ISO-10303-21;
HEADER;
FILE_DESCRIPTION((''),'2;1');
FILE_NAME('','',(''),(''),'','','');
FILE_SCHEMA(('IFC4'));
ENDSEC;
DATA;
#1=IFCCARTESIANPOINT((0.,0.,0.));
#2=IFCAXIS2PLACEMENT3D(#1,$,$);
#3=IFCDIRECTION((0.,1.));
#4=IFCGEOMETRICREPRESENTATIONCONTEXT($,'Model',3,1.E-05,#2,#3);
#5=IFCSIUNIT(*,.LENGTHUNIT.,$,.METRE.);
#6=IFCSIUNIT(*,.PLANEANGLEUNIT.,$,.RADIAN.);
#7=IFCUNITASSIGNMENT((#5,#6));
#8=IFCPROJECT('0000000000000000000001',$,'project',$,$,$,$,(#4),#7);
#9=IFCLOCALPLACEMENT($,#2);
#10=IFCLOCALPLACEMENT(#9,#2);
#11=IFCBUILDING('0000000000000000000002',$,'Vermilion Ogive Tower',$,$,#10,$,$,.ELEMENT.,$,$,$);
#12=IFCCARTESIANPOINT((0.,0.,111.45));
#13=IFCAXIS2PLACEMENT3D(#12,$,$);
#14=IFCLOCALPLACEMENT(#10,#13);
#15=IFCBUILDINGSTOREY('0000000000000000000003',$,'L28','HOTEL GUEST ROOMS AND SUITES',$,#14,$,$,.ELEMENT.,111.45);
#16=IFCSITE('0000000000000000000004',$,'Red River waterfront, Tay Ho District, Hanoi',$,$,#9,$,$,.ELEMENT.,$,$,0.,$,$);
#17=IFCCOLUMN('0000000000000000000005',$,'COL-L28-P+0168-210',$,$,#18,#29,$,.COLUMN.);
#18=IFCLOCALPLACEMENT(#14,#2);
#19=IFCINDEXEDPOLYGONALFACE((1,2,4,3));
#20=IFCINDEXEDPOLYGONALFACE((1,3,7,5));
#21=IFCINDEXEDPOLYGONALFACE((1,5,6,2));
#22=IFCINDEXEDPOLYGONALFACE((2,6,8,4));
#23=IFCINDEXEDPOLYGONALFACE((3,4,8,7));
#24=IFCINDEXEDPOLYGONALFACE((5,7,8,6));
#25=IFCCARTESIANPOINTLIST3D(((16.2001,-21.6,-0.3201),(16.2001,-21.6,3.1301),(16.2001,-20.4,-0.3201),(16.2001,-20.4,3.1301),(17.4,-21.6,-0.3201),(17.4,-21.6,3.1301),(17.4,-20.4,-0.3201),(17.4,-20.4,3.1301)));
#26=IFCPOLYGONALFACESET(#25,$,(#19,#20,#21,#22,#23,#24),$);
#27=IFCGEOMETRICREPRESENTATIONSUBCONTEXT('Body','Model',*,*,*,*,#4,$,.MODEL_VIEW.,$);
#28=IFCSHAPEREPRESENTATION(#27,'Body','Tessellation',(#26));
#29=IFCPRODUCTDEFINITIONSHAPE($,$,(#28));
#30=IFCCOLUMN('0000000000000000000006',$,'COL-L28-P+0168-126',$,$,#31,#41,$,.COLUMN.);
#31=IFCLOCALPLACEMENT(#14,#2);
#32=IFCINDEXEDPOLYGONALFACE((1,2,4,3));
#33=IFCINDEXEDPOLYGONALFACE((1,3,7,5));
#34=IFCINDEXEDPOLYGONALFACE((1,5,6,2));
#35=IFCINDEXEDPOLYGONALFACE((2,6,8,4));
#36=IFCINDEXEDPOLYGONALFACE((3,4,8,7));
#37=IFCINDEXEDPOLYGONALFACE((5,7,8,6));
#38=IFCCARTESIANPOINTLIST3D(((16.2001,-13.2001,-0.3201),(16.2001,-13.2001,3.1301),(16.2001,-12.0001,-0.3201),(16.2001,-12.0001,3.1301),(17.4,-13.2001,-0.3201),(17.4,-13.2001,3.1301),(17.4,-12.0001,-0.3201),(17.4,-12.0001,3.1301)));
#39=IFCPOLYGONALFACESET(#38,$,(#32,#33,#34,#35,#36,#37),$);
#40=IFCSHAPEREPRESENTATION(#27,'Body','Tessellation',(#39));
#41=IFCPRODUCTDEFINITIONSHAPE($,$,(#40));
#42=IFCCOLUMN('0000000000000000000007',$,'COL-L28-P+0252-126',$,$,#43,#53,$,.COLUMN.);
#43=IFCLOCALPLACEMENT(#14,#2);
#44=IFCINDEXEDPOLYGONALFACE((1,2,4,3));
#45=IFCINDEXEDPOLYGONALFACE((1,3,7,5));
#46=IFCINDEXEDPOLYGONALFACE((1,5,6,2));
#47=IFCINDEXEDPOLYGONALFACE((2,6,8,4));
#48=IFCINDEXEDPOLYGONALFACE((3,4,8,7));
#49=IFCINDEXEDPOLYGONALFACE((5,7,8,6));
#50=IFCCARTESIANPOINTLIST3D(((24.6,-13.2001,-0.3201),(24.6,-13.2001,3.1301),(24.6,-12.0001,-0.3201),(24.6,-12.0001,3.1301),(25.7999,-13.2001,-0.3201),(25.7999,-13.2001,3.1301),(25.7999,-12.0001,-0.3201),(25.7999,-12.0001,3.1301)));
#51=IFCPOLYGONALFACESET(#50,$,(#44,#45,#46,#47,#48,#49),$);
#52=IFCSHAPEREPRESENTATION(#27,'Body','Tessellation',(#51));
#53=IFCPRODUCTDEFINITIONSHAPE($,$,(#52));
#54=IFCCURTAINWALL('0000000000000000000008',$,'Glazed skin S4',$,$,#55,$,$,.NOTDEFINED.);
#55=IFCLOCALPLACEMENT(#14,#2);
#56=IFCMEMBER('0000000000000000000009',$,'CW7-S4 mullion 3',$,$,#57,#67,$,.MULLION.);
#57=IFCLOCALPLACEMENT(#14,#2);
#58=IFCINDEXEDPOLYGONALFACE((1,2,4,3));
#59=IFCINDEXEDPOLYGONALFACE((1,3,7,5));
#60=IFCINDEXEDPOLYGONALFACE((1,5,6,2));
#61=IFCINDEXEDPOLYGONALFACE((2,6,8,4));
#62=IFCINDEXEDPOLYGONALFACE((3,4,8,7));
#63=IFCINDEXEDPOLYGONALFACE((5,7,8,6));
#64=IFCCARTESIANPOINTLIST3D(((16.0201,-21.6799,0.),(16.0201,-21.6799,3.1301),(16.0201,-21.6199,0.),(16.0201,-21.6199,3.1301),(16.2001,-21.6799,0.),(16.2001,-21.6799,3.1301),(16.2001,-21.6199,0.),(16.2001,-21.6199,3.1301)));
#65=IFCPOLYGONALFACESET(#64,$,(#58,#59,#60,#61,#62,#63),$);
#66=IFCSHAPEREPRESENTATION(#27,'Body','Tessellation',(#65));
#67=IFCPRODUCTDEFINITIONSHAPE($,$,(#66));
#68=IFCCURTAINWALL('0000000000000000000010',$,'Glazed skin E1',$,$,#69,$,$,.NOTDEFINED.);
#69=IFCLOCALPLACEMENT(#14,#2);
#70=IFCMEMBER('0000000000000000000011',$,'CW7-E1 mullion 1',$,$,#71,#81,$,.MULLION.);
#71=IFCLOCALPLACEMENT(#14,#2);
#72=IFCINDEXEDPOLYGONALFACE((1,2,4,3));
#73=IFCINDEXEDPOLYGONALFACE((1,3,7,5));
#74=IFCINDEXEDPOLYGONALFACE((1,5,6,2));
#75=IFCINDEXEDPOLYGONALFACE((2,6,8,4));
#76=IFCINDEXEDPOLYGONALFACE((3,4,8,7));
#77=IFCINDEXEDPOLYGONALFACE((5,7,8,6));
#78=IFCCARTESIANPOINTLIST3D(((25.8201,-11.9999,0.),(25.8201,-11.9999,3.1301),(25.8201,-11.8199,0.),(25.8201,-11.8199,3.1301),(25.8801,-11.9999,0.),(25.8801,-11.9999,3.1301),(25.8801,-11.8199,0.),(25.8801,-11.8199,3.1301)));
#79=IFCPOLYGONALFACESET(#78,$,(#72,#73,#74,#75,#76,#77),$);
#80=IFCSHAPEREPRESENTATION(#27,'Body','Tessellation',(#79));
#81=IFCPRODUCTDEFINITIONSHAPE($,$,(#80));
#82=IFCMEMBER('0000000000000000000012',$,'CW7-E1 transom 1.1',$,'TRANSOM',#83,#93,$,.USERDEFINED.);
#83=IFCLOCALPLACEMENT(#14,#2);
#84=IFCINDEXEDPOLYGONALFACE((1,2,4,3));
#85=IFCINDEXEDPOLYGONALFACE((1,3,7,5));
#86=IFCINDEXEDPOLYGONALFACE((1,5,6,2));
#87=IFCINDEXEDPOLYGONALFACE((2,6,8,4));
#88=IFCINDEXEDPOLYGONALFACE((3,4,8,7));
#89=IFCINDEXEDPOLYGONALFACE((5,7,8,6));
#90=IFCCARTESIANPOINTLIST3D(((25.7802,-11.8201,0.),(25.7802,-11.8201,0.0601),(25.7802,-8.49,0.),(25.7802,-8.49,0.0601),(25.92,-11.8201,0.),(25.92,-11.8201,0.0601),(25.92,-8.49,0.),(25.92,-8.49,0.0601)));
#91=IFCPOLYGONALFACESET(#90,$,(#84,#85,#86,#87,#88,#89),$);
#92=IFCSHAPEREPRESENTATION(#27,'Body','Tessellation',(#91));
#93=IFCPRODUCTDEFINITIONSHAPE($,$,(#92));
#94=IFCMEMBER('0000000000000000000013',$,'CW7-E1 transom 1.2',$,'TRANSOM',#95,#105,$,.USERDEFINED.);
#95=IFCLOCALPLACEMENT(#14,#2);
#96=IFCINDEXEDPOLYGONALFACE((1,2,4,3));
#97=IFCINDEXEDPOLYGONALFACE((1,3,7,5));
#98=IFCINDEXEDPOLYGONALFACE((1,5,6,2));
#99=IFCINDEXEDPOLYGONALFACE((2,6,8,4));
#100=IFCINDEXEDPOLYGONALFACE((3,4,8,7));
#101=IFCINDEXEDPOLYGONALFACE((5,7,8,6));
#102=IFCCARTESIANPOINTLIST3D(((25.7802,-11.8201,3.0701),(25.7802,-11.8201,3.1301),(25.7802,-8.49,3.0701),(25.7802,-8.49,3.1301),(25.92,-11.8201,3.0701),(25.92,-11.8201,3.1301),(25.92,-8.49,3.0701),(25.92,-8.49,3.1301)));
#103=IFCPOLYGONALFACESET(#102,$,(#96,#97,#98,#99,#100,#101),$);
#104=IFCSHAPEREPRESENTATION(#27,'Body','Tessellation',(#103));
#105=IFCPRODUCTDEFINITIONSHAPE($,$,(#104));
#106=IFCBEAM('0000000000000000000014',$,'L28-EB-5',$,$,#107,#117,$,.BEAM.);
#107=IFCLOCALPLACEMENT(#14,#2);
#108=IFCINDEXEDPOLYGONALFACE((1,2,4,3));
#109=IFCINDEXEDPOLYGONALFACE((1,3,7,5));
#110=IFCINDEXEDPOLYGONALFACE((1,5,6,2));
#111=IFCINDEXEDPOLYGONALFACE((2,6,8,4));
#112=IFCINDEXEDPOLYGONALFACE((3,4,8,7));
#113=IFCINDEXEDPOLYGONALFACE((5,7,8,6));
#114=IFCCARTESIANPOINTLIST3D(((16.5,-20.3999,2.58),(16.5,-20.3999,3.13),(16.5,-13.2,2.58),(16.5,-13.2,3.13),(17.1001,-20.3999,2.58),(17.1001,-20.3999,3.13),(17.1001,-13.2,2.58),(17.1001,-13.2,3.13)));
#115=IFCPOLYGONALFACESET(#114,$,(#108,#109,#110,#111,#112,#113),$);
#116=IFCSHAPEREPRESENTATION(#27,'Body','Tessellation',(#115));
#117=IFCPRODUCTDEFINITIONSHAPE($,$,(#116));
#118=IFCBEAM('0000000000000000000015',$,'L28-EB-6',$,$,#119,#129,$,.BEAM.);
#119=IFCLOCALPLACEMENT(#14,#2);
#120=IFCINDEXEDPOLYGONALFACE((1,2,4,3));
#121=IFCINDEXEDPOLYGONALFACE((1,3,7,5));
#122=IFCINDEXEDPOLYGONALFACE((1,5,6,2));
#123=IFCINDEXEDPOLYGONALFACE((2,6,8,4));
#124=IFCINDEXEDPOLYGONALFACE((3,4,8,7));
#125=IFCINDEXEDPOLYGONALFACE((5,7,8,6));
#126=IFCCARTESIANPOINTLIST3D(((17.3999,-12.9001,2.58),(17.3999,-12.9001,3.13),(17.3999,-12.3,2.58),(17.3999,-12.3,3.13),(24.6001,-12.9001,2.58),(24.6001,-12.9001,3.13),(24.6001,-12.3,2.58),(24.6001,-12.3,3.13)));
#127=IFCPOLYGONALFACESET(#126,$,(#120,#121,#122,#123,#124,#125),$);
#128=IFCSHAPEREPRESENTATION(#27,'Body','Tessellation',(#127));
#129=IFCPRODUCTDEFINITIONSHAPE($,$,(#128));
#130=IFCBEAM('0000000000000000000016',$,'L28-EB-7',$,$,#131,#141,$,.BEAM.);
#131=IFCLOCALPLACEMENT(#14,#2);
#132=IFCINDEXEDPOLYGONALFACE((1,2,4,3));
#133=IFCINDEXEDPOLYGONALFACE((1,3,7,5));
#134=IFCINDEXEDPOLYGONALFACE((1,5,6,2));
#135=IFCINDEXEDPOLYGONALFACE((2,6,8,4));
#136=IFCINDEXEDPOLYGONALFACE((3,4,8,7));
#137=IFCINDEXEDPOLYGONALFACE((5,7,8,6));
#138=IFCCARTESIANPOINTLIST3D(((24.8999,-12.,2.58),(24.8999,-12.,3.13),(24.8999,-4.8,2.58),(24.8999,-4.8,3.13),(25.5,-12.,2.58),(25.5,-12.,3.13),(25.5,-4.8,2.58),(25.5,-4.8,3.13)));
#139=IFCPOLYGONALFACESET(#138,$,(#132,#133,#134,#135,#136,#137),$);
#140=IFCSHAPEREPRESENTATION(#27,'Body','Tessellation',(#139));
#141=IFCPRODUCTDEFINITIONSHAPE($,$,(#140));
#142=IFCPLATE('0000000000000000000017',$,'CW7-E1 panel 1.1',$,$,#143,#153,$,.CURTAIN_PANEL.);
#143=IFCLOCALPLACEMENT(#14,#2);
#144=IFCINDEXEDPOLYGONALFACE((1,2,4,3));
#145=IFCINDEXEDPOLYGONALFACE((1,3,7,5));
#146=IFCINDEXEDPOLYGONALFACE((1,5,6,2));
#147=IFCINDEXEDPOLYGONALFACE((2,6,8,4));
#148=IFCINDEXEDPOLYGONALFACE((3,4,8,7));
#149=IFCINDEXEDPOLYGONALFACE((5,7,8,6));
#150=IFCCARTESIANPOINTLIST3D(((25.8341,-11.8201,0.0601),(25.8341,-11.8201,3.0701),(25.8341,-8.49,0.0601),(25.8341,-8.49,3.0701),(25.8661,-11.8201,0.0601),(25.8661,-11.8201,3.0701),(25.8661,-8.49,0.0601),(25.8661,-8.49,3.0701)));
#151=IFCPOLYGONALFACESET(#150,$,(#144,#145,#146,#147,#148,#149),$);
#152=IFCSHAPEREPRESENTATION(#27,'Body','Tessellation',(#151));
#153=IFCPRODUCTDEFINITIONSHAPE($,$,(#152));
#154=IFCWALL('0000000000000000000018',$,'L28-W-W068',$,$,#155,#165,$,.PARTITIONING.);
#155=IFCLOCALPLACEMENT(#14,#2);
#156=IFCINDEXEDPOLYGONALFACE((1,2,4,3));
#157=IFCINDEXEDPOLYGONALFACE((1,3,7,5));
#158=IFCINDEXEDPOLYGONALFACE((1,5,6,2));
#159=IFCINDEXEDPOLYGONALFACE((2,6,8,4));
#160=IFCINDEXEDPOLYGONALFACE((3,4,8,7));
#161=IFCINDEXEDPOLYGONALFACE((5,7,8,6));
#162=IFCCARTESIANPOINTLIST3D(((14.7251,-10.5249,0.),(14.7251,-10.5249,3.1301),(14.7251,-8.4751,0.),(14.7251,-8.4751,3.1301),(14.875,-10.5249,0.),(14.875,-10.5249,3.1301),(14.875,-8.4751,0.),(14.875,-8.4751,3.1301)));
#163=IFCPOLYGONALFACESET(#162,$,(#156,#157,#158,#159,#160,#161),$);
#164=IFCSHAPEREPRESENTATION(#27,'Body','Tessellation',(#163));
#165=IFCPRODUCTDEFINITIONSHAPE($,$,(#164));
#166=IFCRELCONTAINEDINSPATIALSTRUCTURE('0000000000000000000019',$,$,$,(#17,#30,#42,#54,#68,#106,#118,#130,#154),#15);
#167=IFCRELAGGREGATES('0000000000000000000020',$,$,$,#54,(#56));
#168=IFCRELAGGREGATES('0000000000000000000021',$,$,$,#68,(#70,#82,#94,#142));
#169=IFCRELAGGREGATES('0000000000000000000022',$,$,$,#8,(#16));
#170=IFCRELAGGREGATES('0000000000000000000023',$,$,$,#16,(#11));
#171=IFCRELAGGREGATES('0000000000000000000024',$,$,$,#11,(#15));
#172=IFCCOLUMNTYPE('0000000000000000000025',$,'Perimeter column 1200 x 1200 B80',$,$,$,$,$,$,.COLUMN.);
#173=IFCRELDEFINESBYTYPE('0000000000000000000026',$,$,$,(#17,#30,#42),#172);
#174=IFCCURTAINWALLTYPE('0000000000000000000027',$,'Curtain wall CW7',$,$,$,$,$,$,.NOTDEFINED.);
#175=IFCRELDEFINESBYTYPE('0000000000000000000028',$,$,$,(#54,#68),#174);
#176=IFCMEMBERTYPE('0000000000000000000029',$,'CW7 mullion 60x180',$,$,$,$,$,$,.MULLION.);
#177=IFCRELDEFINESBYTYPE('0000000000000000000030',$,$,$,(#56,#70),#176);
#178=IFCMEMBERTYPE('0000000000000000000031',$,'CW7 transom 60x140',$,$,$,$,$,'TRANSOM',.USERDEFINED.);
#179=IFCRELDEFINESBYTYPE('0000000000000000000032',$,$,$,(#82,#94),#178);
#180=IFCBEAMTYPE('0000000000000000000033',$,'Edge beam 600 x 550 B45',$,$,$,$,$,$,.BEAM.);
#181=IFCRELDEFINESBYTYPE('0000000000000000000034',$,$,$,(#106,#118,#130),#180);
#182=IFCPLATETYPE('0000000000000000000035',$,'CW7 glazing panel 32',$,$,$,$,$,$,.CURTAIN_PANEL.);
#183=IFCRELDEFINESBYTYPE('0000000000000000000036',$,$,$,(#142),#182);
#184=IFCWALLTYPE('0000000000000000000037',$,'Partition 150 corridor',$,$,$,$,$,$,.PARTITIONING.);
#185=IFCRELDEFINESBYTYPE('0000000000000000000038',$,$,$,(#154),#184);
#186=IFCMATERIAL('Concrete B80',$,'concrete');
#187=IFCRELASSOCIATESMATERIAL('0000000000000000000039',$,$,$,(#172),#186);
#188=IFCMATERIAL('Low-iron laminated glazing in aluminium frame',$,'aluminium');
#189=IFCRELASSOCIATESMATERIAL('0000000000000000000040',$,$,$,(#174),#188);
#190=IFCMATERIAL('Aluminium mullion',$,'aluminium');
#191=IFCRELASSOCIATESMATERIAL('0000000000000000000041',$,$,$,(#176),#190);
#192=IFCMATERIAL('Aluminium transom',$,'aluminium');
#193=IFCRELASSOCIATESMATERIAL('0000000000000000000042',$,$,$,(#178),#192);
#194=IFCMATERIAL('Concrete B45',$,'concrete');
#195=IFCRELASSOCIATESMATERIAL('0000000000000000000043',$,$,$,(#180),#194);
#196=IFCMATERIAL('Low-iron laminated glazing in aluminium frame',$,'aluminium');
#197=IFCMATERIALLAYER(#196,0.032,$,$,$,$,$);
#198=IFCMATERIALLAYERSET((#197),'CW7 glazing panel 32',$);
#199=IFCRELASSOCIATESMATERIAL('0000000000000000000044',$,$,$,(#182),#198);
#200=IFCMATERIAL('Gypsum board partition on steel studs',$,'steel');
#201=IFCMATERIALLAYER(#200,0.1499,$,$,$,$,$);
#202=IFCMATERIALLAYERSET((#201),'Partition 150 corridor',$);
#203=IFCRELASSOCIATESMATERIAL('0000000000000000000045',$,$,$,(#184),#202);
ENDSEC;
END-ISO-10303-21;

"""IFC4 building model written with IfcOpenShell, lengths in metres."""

from ifc_helpers import new_model, si_unit, direction, frame, frame_2d, origin, origin_2d, place, context, subcontext, project, spatial, rectangle, extrude, material, layer, layer_set, material_profile, profile_set, type_object, element, aggregate, save


model = new_model("IFC4")

# Units and contexts
model_context = context("Model", 3, precision=1e-05, world=origin(), true_north=direction((0.0, 1.0)))
body_context = subcontext(model_context, "Body", "Model", "MODEL_VIEW")
ifc_project = project(units=[si_unit("LENGTHUNIT", "METRE"), si_unit("PLANEANGLEUNIT", "RADIAN")], contexts=[model_context])

# Site, building, storey
site_placement = place(None, origin())
site = spatial("IfcSite", under=ifc_project, at=site_placement, Name="Red River waterfront, Tay Ho District, Hanoi", CompositionType="ELEMENT", RefElevation=0.0)
building_placement = place(site_placement, origin())
building = spatial("IfcBuilding", under=site, at=building_placement, Name="Vermilion Ogive Tower", CompositionType="ELEMENT")
storey_placement = place(building_placement, frame((0.0, 0.0, 111.45)))
storey = spatial("IfcBuildingStorey", under=building, at=storey_placement, Name="L28", Description="HOTEL GUEST ROOMS AND SUITES", CompositionType="ELEMENT", Elevation=111.45)

# Columns
ifc_material_1 = material(Name="Concrete B80", Category="concrete")
ifc_material_profile_1 = material_profile(ifc_material_1, rectangle(XDim=1.2, YDim=1.2, at=origin_2d()), Name="1200 x 1200")
ifc_profile_set_1 = profile_set([ifc_material_profile_1], Name="Concrete B80")
column_type = type_object("IfcColumnType", Name="Perimeter column 1200 x 1200 B80", PredefinedType="COLUMN", material=ifc_profile_set_1)
for number, where, z_axis, x_axis, name in (
    (1, (16.8, -21.0, -0.3201), (0.0, 0.0, 1.0), (1.0, 0.0, 0.0), "COL-L28-P+0168-210"),
    (2, (16.8, -12.6001, -0.3201), (0.0, 0.0, 1.0), (1.0, 0.0, 0.0), "COL-L28-P+0168-126"),
    (3, (25.2, -12.6001, -0.3201), (0.0, 0.0, 1.0), (1.0, 0.0, 0.0), "COL-L28-P+0252-126"),
):
    element("IfcColumn", number, at=place(storey_placement, frame(where, z_axis=z_axis, x_axis=x_axis)), inside=storey, type_object=column_type, Name=name, PredefinedType="COLUMN", context=body_context, shape_type="SweptSolid", body=[
        extrude(rectangle(XDim=1.2, YDim=1.2, at=origin_2d()), origin(), (0.0, 0.0, 1.0), 3.4502),
    ])

# Curtain wall, member
ifc_material_2 = material(Name="Low-iron laminated glazing in aluminium frame", Category="aluminium")
curtain_wall_type = type_object("IfcCurtainWallType", Name="Curtain wall CW7", PredefinedType="NOTDEFINED", material=ifc_material_2)
curtain_wall_1_placement = place(storey_placement, origin())
curtain_wall_1 = element("IfcCurtainWall", 4, at=curtain_wall_1_placement, inside=storey, type_object=curtain_wall_type, Name="Glazed skin S4", PredefinedType="NOTDEFINED")
ifc_material_3 = material(Name="Aluminium mullion", Category="aluminium")
ifc_material_profile_2 = material_profile(ifc_material_3, rectangle(XDim=0.0601, YDim=0.1799, at=origin_2d()), Name="AL 60x180")
ifc_profile_set_2 = profile_set([ifc_material_profile_2], Name="Aluminium mullion")
member_type_1 = type_object("IfcMemberType", Name="CW7 mullion 60x180", PredefinedType="MULLION", material=ifc_profile_set_2)
member_1_placement = place(storey_placement, frame((16.1101, -21.6499, 0.0), z_axis=(0.0, 0.0, 1.0), x_axis=(0.0, 1.0, 0.0)))
member_1 = element("IfcMember", 5, at=member_1_placement, type_object=member_type_1, Name="CW7-S4 mullion 3", PredefinedType="MULLION", context=body_context, shape_type="SweptSolid", body=[
    extrude(rectangle(XDim=0.0601, YDim=0.1799, at=origin_2d()), origin(), (0.0, 0.0, 1.0), 3.1301),
])
aggregate(curtain_wall_1, [member_1])

# Curtain wall, members
curtain_wall_2_placement = place(storey_placement, origin())
curtain_wall_2 = element("IfcCurtainWall", 6, at=curtain_wall_2_placement, inside=storey, type_object=curtain_wall_type, Name="Glazed skin E1", PredefinedType="NOTDEFINED")
member_2_placement = place(storey_placement, frame((25.8501, -11.9099, 0.0), z_axis=(0.0, 0.0, 1.0), x_axis=(-1.0, 0.0, 0.0)))
member_2 = element("IfcMember", 7, at=member_2_placement, type_object=member_type_1, Name="CW7-E1 mullion 1", PredefinedType="MULLION", context=body_context, shape_type="SweptSolid", body=[
    extrude(rectangle(XDim=0.0601, YDim=0.1799, at=origin_2d()), origin(), (0.0, 0.0, 1.0), 3.1301),
])
ifc_material_4 = material(Name="Aluminium transom", Category="aluminium")
ifc_material_profile_3 = material_profile(ifc_material_4, rectangle(XDim=0.1399, YDim=0.0601, at=origin_2d()), Name="AL 60x140")
ifc_profile_set_3 = profile_set([ifc_material_profile_3], Name="Aluminium transom")
member_type_2 = type_object("IfcMemberType", Name="CW7 transom 60x140", ElementType="TRANSOM", PredefinedType="USERDEFINED", material=ifc_profile_set_3)
member_3_placement = place(storey_placement, frame((25.8501, -11.8201, 0.03), z_axis=(0.0, 1.0, 0.0), x_axis=(-1.0, 0.0, 0.0)))
member_3 = element("IfcMember", 8, at=member_3_placement, type_object=member_type_2, Name="CW7-E1 transom 1.1", ObjectType="TRANSOM", PredefinedType="USERDEFINED", context=body_context, shape_type="SweptSolid", body=[
    extrude(rectangle(XDim=0.1399, YDim=0.0601, at=origin_2d()), origin(), (0.0, 0.0, 1.0), 3.3301),
])
member_4_placement = place(storey_placement, frame((25.8501, -11.8201, 3.1001), z_axis=(0.0, 1.0, 0.0), x_axis=(-1.0, 0.0, 0.0)))
member_4 = element("IfcMember", 9, at=member_4_placement, type_object=member_type_2, Name="CW7-E1 transom 1.2", ObjectType="TRANSOM", PredefinedType="USERDEFINED", context=body_context, shape_type="SweptSolid", body=[
    extrude(rectangle(XDim=0.1399, YDim=0.0601, at=origin_2d()), origin(), (0.0, 0.0, 1.0), 3.3301),
])

# Beams
ifc_material_5 = material(Name="Concrete B45", Category="concrete")
ifc_material_profile_4 = material_profile(ifc_material_5, rectangle(XDim=0.6001, YDim=0.55, at=origin_2d()), Name="600 x 550")
ifc_profile_set_4 = profile_set([ifc_material_profile_4], Name="Concrete B45")
beam_type = type_object("IfcBeamType", Name="Edge beam 600 x 550 B45", PredefinedType="BEAM", material=ifc_profile_set_4)
beam_1_placement = place(storey_placement, frame((16.8, -20.3999, 2.855), z_axis=(0.0, 1.0, 0.0), x_axis=(-1.0, 0.0, 0.0)))
element("IfcBeam", 10, at=beam_1_placement, inside=storey, type_object=beam_type, Name="L28-EB-5", PredefinedType="BEAM", context=body_context, shape_type="SweptSolid", body=[
    extrude(rectangle(XDim=0.6001, YDim=0.55, at=origin_2d()), origin(), (0.0, 0.0, 1.0), 7.2),
])
beam_2_placement = place(storey_placement, frame((17.3999, -12.6001, 2.855), z_axis=(1.0, 0.0, 0.0), x_axis=(0.0, 1.0, 0.0)))
element("IfcBeam", 11, at=beam_2_placement, inside=storey, type_object=beam_type, Name="L28-EB-6", PredefinedType="BEAM", context=body_context, shape_type="SweptSolid", body=[
    extrude(rectangle(XDim=0.6001, YDim=0.55, at=origin_2d()), origin(), (0.0, 0.0, 1.0), 7.2002),
])
beam_3_placement = place(storey_placement, frame((25.2, -12.0, 2.855), z_axis=(0.0, 1.0, 0.0), x_axis=(-1.0, 0.0, 0.0)))
element("IfcBeam", 12, at=beam_3_placement, inside=storey, type_object=beam_type, Name="L28-EB-7", PredefinedType="BEAM", context=body_context, shape_type="SweptSolid", body=[
    extrude(rectangle(XDim=0.6001, YDim=0.55, at=origin_2d()), origin(), (0.0, 0.0, 1.0), 7.2),
])

# Plate
ifc_material_6 = material(Name="Low-iron laminated glazing in aluminium frame", Category="aluminium")
ifc_layer_1 = layer(ifc_material_6, 0.032)
ifc_layer_set_1 = layer_set([ifc_layer_1], Name="CW7 glazing panel 32")
plate_type = type_object("IfcPlateType", Name="CW7 glazing panel 32", PredefinedType="CURTAIN_PANEL", material=ifc_layer_set_1)
plate_placement = place(storey_placement, frame((25.8501, -10.155, 0.0601), z_axis=(0.0, 0.0, 1.0), x_axis=(0.0, 1.0, 0.0)))
plate = element("IfcPlate", 13, at=plate_placement, type_object=plate_type, Name="CW7-E1 panel 1.1", PredefinedType="CURTAIN_PANEL", context=body_context, shape_type="SweptSolid", body=[
    extrude(rectangle(XDim=3.3301, YDim=0.032, at=origin_2d()), origin(), (0.0, 0.0, 1.0), 3.01),
])
aggregate(curtain_wall_2, [member_2, member_3, member_4, plate])

# Wall
ifc_material_7 = material(Name="Gypsum board partition on steel studs", Category="steel")
ifc_layer_2 = layer(ifc_material_7, 0.1499)
ifc_layer_set_2 = layer_set([ifc_layer_2], Name="Partition 150 corridor")
wall_type_1 = type_object("IfcWallType", Name="Partition 150 corridor", PredefinedType="PARTITIONING", material=ifc_layer_set_2)
wall_1_placement = place(storey_placement, frame((14.8, -10.5249, 0.0), z_axis=(0.0, 0.0, 1.0), x_axis=(0.0, 1.0, 0.0)))
element("IfcWall", 14, at=wall_1_placement, inside=storey, type_object=wall_type_1, Name="L28-W-W068", PredefinedType="PARTITIONING", context=body_context, shape_type="SweptSolid", body=[
    extrude(rectangle(XDim=2.0498, YDim=0.1499, at=frame_2d((1.0249, 0.0))), origin(), (0.0, 0.0, 1.0), 3.1301),
])

save(model, "model.ifc")
